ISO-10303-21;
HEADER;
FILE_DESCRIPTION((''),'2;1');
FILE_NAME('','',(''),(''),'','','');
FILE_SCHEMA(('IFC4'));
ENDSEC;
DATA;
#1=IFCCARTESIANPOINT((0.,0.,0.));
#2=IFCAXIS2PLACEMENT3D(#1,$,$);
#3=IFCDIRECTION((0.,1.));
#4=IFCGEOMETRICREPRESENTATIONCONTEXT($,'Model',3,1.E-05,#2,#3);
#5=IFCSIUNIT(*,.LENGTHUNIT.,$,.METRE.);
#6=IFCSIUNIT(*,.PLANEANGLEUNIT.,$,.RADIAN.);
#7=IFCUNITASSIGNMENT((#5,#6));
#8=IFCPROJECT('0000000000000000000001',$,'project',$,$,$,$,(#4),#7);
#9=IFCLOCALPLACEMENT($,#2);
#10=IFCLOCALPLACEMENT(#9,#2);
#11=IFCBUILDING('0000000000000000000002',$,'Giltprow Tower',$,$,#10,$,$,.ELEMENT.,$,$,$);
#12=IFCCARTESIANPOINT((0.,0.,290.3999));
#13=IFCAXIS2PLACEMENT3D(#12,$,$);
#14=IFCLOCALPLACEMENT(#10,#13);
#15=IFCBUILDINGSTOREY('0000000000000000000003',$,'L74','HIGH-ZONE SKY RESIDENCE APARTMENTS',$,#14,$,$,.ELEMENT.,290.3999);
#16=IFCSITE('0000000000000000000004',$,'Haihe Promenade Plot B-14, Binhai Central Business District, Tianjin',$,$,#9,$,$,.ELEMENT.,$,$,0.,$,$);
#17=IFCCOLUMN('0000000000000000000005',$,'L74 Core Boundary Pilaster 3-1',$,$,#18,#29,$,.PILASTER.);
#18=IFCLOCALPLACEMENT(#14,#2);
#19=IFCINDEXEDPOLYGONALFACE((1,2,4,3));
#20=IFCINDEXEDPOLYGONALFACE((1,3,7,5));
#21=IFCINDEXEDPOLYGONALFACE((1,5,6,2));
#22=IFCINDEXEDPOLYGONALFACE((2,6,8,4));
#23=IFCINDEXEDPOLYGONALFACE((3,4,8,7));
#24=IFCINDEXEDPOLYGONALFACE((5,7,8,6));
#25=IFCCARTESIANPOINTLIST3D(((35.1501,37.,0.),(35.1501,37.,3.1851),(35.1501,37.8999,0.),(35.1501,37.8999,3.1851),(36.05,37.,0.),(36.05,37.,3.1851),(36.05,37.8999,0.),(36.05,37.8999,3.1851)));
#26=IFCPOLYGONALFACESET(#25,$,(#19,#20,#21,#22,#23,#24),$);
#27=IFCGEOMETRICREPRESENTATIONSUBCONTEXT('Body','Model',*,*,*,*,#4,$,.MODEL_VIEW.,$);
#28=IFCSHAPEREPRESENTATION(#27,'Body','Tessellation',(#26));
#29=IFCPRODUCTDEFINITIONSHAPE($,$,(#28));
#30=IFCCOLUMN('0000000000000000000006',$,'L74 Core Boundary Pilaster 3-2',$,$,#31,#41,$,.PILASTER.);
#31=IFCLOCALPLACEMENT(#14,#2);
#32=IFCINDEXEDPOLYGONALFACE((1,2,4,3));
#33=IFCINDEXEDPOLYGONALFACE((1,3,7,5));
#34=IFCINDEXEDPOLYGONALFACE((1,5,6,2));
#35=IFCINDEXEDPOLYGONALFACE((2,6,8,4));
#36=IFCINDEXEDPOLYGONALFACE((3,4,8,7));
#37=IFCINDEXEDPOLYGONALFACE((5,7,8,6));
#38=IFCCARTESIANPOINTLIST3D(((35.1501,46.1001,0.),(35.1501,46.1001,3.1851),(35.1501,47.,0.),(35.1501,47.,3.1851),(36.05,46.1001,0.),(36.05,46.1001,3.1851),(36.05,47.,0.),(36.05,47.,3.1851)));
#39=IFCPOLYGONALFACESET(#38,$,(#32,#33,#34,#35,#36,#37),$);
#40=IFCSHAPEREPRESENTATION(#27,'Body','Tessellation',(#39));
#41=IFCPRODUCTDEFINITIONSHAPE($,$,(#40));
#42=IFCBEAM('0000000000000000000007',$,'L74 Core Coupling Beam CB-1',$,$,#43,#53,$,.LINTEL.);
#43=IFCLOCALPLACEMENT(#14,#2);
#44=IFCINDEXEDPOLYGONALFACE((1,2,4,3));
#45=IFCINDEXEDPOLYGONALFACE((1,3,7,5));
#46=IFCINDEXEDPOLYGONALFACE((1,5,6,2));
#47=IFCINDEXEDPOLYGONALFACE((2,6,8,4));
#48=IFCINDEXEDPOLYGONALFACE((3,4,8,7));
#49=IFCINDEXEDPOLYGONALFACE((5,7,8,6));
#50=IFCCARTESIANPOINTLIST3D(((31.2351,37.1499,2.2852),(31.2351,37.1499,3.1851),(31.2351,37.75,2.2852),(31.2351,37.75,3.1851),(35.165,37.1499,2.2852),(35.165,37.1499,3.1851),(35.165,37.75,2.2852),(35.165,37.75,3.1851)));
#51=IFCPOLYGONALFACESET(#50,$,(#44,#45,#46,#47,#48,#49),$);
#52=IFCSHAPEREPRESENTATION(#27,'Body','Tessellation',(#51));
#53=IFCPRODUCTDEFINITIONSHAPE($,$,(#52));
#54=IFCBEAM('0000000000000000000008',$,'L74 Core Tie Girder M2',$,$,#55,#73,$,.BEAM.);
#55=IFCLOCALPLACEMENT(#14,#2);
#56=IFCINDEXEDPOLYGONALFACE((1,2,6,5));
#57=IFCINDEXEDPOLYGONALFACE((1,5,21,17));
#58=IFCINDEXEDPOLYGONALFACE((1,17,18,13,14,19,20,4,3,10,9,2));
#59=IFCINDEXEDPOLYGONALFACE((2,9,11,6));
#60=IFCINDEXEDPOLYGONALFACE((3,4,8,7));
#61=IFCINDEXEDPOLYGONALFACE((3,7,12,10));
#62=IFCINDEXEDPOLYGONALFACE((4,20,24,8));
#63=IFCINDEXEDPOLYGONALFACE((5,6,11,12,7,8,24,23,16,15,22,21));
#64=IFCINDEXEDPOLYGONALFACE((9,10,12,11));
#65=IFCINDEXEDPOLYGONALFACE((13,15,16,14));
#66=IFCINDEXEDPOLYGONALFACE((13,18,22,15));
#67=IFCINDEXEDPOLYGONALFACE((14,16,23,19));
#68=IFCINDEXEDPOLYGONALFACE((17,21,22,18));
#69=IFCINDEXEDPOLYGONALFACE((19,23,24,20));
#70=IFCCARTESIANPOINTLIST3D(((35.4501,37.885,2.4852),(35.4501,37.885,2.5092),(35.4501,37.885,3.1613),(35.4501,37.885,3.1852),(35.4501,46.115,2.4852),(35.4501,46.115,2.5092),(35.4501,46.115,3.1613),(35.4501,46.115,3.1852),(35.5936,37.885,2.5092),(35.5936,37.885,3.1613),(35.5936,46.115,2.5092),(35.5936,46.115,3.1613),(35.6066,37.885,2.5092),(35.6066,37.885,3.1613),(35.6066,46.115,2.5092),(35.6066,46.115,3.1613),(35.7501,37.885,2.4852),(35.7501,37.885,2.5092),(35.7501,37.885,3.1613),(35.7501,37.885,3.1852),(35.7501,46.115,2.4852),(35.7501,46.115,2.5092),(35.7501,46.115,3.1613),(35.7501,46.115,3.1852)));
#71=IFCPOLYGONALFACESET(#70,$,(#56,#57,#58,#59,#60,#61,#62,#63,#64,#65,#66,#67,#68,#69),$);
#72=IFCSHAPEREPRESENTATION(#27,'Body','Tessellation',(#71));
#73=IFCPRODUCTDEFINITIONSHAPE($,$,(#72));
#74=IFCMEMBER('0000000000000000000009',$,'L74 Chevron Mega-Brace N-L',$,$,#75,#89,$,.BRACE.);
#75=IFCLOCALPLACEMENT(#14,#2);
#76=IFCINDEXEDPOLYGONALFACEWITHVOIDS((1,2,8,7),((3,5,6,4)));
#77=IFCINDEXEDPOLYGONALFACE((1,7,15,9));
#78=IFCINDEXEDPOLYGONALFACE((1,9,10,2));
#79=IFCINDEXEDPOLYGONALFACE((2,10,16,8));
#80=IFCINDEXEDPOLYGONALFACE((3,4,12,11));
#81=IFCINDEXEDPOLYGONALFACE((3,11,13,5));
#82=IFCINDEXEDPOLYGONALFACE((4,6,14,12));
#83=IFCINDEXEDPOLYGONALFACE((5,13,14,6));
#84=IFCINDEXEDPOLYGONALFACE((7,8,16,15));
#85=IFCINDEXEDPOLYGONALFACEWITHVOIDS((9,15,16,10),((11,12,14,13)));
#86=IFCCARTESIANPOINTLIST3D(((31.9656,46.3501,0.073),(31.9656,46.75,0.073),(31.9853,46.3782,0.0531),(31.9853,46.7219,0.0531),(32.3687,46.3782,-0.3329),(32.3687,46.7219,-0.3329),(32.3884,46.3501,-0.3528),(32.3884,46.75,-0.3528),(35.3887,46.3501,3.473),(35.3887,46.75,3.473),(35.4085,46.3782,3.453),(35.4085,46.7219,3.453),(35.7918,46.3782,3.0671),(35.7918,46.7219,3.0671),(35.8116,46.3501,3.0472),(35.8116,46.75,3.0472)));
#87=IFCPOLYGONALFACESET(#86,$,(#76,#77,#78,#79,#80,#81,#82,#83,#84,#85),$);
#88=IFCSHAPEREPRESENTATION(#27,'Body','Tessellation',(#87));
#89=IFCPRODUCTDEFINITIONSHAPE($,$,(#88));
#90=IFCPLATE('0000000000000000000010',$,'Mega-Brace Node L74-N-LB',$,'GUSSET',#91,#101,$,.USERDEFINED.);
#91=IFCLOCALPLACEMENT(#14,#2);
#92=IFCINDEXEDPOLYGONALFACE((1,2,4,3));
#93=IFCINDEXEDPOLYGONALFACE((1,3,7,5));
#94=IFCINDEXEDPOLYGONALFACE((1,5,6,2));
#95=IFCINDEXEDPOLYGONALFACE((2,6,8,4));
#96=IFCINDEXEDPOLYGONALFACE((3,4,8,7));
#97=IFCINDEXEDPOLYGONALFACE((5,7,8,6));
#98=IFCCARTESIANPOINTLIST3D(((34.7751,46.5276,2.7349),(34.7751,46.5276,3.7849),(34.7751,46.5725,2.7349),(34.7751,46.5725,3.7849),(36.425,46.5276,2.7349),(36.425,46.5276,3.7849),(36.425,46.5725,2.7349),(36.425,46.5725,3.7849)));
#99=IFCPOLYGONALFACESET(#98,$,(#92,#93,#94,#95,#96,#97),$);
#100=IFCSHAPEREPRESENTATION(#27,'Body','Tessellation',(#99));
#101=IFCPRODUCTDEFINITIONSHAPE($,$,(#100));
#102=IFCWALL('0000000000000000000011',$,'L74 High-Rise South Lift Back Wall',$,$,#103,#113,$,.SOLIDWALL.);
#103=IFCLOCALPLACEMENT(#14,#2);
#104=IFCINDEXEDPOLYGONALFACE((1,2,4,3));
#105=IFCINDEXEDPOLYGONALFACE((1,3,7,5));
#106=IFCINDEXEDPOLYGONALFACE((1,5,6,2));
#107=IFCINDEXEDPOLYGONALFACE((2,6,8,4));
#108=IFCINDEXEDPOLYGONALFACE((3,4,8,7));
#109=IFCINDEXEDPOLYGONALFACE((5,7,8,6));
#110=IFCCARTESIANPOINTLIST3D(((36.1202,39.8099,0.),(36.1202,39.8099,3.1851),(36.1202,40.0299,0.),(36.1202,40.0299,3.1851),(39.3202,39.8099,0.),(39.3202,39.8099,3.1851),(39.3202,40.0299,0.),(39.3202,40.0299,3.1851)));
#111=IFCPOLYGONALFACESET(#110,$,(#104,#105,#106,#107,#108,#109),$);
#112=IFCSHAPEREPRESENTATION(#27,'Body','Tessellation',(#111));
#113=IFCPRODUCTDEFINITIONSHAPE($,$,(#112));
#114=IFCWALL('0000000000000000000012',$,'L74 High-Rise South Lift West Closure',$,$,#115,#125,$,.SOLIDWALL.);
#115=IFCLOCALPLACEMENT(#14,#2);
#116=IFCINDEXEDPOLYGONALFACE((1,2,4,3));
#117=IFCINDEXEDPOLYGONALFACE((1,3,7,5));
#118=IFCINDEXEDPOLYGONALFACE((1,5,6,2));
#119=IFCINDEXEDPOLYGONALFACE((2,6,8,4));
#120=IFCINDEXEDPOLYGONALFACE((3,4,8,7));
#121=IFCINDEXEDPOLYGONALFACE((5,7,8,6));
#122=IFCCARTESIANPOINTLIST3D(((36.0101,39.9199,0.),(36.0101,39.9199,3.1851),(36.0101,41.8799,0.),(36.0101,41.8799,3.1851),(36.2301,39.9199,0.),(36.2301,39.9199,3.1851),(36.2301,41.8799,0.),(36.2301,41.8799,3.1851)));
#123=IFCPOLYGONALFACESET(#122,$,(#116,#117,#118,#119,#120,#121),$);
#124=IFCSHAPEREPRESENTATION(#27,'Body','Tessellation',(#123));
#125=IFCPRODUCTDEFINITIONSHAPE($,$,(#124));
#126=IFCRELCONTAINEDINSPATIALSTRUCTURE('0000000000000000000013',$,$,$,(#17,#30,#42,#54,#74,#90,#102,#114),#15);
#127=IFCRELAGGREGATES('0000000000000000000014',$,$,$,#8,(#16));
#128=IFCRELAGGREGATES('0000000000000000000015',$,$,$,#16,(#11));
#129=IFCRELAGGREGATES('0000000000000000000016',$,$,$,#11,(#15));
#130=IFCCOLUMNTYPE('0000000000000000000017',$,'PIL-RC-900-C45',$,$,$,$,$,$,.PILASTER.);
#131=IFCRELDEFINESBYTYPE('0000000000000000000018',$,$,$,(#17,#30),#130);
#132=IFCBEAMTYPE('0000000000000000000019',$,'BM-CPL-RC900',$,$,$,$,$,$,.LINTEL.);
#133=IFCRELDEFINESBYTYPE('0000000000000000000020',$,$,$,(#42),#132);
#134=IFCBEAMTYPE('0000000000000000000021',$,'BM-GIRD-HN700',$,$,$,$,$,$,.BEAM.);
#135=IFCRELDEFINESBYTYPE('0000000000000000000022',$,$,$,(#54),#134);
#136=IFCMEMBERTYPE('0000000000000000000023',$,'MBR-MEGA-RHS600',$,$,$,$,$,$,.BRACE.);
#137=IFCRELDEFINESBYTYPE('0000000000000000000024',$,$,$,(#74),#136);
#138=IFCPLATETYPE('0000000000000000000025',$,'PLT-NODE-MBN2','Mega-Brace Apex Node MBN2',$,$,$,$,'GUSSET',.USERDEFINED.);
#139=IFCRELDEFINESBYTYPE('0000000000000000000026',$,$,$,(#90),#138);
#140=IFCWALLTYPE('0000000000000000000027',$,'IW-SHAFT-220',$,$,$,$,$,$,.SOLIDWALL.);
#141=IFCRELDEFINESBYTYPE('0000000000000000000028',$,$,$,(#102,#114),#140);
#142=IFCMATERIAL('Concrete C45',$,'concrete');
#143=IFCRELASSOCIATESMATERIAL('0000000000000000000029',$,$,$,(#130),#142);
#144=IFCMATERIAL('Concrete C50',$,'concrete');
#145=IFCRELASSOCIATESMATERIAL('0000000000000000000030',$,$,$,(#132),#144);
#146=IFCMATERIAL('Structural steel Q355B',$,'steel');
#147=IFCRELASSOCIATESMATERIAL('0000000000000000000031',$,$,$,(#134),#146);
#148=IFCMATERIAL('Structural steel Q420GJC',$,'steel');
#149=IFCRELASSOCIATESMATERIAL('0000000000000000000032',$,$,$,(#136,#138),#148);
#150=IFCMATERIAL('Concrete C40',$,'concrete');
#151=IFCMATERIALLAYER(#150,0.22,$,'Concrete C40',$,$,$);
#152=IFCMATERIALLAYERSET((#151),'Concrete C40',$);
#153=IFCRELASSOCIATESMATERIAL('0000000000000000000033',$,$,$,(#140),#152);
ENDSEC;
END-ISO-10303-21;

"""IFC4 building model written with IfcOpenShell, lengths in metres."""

from ifc_helpers import new_model, si_unit, direction, frame, frame_2d, origin, origin_2d, place, context, subcontext, project, spatial, rectangle, hollow_rectangle, i_section, extrude, source, transform, mapped, material, layer, layer_set, material_profile, profile_set, type_object, element, save


model = new_model("IFC4")

# Units and contexts
model_context = context("Model", 3, precision=1e-05, world=origin(), true_north=direction((0.0, 1.0)))
body_context = subcontext(model_context, "Body", "Model", "MODEL_VIEW")
ifc_project = project(units=[si_unit("LENGTHUNIT", "METRE"), si_unit("PLANEANGLEUNIT", "RADIAN")], contexts=[model_context])

# Site, building, storey
site_placement = place(None, origin())
site = spatial("IfcSite", under=ifc_project, at=site_placement, Name="Haihe Promenade Plot B-14, Binhai Central Business District, Tianjin", CompositionType="ELEMENT", RefElevation=0.0)
building_placement = place(site_placement, origin())
building = spatial("IfcBuilding", under=site, at=building_placement, Name="Giltprow Tower", CompositionType="ELEMENT")
storey_placement = place(building_placement, frame((0.0, 0.0, 290.3999)))
storey = spatial("IfcBuildingStorey", under=building, at=storey_placement, Name="L74", Description="HIGH-ZONE SKY RESIDENCE APARTMENTS", CompositionType="ELEMENT", Elevation=290.3999)

# Columns
ifc_material_1 = material(Name="Concrete C45", Category="concrete")
ifc_material_profile_1 = material_profile(ifc_material_1, rectangle(XDim=0.8999, YDim=0.8999, at=origin_2d()), Name="RC 900x900")
ifc_profile_set_1 = profile_set([ifc_material_profile_1], Name="Concrete C45")
column_type = type_object("IfcColumnType", Name="PIL-RC-900-C45", PredefinedType="PILASTER", material=ifc_profile_set_1)
shared_shape_1 = source(origin(), body_context, "Body", "SweptSolid", [
    extrude(rectangle(XDim=0.8999, YDim=0.8999, at=origin_2d()), origin(), (0.0, 0.0, 1.0), 3.1851),
])
for number, where, z_axis, x_axis, name in (
    (1, (35.6001, 37.45, 0.0), (0.0, 0.0, 1.0), (1.0, 0.0, 0.0), "L74 Core Boundary Pilaster 3-1"),
    (2, (35.6001, 46.55, 0.0), (0.0, 0.0, 1.0), (1.0, 0.0, 0.0), "L74 Core Boundary Pilaster 3-2"),
):
    element("IfcColumn", number, at=place(storey_placement, frame(where, z_axis=z_axis, x_axis=x_axis)), inside=storey, type_object=column_type, Name=name, PredefinedType="PILASTER", context=body_context, shape_type="MappedRepresentation", body=[
        mapped(shared_shape_1, transform((0.0, 0.0, 0.0), x_axis=(1.0, 0.0, 0.0), y_axis=(0.0, 1.0, 0.0), z_axis=(0.0, 0.0, 1.0), scale=1.0)),
    ])

# Beams
ifc_material_2 = material(Name="Concrete C50", Category="concrete")
ifc_material_profile_2 = material_profile(ifc_material_2, rectangle(XDim=0.6001, YDim=0.8999, at=origin_2d()), Name="RC 900x600")
ifc_profile_set_2 = profile_set([ifc_material_profile_2], Name="Concrete C50")
beam_type_1 = type_object("IfcBeamType", Name="BM-CPL-RC900", PredefinedType="LINTEL", material=ifc_profile_set_2)
shared_shape_2 = source(origin(), body_context, "Body", "SweptSolid", [
    extrude(rectangle(XDim=0.6001, YDim=0.8999, at=origin_2d()), origin(), (0.0, 0.0, 1.0), 3.9299),
])
beam_1_placement = place(storey_placement, frame((31.2351, 37.45, 2.7351), z_axis=(1.0, 0.0, 0.0), x_axis=(0.0, 1.0, 0.0)))
element("IfcBeam", 3, at=beam_1_placement, inside=storey, type_object=beam_type_1, Name="L74 Core Coupling Beam CB-1", PredefinedType="LINTEL", context=body_context, shape_type="MappedRepresentation", body=[
    mapped(shared_shape_2, transform((0.0, 0.0, 0.0), x_axis=(1.0, 0.0, 0.0), y_axis=(0.0, 1.0, 0.0), z_axis=(0.0, 0.0, 1.0), scale=1.0)),
])
ifc_material_3 = material(Name="Structural steel Q355B", Category="steel")
ifc_material_profile_3 = material_profile(ifc_material_3, i_section(OverallWidth=0.3, OverallDepth=0.7, WebThickness=0.0129, FlangeThickness=0.0239, at=origin_2d()), Name="HN 700x300x13x24")
ifc_profile_set_3 = profile_set([ifc_material_profile_3], Name="Structural steel Q355B")
beam_type_2 = type_object("IfcBeamType", Name="BM-GIRD-HN700", PredefinedType="BEAM", material=ifc_profile_set_3)
shared_shape_3 = source(origin(), body_context, "Body", "SweptSolid", [
    extrude(i_section(OverallWidth=0.3, OverallDepth=0.7, WebThickness=0.0129, FlangeThickness=0.0239, at=origin_2d()), origin(), (0.0, 0.0, 1.0), 8.23),
])
beam_2_placement = place(storey_placement, frame((35.6001, 37.885, 2.8352), z_axis=(0.0, 1.0, 0.0), x_axis=(-1.0, 0.0, 0.0)))
element("IfcBeam", 4, at=beam_2_placement, inside=storey, type_object=beam_type_2, Name="L74 Core Tie Girder M2", PredefinedType="BEAM", context=body_context, shape_type="MappedRepresentation", body=[
    mapped(shared_shape_3, transform((0.0, 0.0, 0.0), x_axis=(1.0, 0.0, 0.0), y_axis=(0.0, 1.0, 0.0), z_axis=(0.0, 0.0, 1.0), scale=1.0)),
])

# Member
ifc_material_4 = material(Name="Structural steel Q420GJC", Category="steel")
ifc_material_profile_4 = material_profile(ifc_material_4, hollow_rectangle(XDim=0.3999, YDim=0.6001, WallThickness=0.0281, at=origin_2d()), Name="RHS 600x400x28")
ifc_profile_set_4 = profile_set([ifc_material_profile_4], Name="Structural steel Q420GJC")
member_type = type_object("IfcMemberType", Name="MBR-MEGA-RHS600", PredefinedType="BRACE", material=ifc_profile_set_4)
shared_shape_4 = source(origin(), body_context, "Body", "SweptSolid", [
    extrude(hollow_rectangle(XDim=0.3999, YDim=0.6001, WallThickness=0.0281, at=origin_2d()), origin(), (0.0, 0.0, 1.0), 4.8247),
])
member_placement = place(storey_placement, frame((32.177, 46.55, -0.1399), z_axis=(0.709506, 0.0, 0.704699), x_axis=(0.0, 1.0, 0.0)))
element("IfcMember", 5, at=member_placement, inside=storey, type_object=member_type, Name="L74 Chevron Mega-Brace N-L", PredefinedType="BRACE", context=body_context, shape_type="MappedRepresentation", body=[
    mapped(shared_shape_4, transform((0.0, 0.0, 0.0), x_axis=(1.0, 0.0, 0.0), y_axis=(0.0, 1.0, 0.0), z_axis=(0.0, 0.0, 1.0), scale=1.0)),
])

# Plate
plate_type = type_object("IfcPlateType", Name="PLT-NODE-MBN2", Description="Mega-Brace Apex Node MBN2", ElementType="GUSSET", PredefinedType="USERDEFINED", material=ifc_material_4)
shared_shape_5 = source(origin(), body_context, "Body", "SweptSolid", [
    extrude(rectangle(XDim=1.6499, YDim=0.0449, at=origin_2d()), origin(), (0.0, 0.0, 1.0), 1.05),
])
plate_placement = place(storey_placement, frame((35.6001, 46.55, 2.7349), z_axis=(0.0, 0.0, 1.0), x_axis=(1.0, 0.0, 0.0)))
element("IfcPlate", 6, at=plate_placement, inside=storey, type_object=plate_type, Name="Mega-Brace Node L74-N-LB", ObjectType="GUSSET", PredefinedType="USERDEFINED", context=body_context, shape_type="MappedRepresentation", body=[
    mapped(shared_shape_5, transform((0.0, 0.0, 0.0), x_axis=(1.0, 0.0, 0.0), y_axis=(0.0, 1.0, 0.0), z_axis=(0.0, 0.0, 1.0), scale=1.0)),
])

# Walls
ifc_material_5 = material(Name="Concrete C40", Category="concrete")
ifc_layer_1 = layer(ifc_material_5, 0.22, Name="Concrete C40")
ifc_layer_set_1 = layer_set([ifc_layer_1], Name="Concrete C40")
wall_type_1 = type_object("IfcWallType", Name="IW-SHAFT-220", PredefinedType="SOLIDWALL", material=ifc_layer_set_1)
wall_1_placement = place(storey_placement, frame((36.1201, 39.9199, 0.0), z_axis=(0.0, 0.0, 1.0), x_axis=(1.0, 0.0, 0.0)))
element("IfcWall", 7, at=wall_1_placement, inside=storey, type_object=wall_type_1, Name="L74 High-Rise South Lift Back Wall", PredefinedType="SOLIDWALL", context=body_context, shape_type="SweptSolid", body=[
    extrude(rectangle(XDim=3.2, YDim=0.22, at=frame_2d((1.6001, 0.0))), origin(), (0.0, 0.0, 1.0), 3.1851),
])
wall_2_placement = place(storey_placement, frame((36.1201, 39.9199, 0.0), z_axis=(0.0, 0.0, 1.0), x_axis=(0.0, 1.0, 0.0)))
element("IfcWall", 8, at=wall_2_placement, inside=storey, type_object=wall_type_1, Name="L74 High-Rise South Lift West Closure", PredefinedType="SOLIDWALL", context=body_context, shape_type="SweptSolid", body=[
    extrude(rectangle(XDim=1.96, YDim=0.22, at=frame_2d((0.98, 0.0))), origin(), (0.0, 0.0, 1.0), 3.1851),
])

save(model, "model.ifc")
